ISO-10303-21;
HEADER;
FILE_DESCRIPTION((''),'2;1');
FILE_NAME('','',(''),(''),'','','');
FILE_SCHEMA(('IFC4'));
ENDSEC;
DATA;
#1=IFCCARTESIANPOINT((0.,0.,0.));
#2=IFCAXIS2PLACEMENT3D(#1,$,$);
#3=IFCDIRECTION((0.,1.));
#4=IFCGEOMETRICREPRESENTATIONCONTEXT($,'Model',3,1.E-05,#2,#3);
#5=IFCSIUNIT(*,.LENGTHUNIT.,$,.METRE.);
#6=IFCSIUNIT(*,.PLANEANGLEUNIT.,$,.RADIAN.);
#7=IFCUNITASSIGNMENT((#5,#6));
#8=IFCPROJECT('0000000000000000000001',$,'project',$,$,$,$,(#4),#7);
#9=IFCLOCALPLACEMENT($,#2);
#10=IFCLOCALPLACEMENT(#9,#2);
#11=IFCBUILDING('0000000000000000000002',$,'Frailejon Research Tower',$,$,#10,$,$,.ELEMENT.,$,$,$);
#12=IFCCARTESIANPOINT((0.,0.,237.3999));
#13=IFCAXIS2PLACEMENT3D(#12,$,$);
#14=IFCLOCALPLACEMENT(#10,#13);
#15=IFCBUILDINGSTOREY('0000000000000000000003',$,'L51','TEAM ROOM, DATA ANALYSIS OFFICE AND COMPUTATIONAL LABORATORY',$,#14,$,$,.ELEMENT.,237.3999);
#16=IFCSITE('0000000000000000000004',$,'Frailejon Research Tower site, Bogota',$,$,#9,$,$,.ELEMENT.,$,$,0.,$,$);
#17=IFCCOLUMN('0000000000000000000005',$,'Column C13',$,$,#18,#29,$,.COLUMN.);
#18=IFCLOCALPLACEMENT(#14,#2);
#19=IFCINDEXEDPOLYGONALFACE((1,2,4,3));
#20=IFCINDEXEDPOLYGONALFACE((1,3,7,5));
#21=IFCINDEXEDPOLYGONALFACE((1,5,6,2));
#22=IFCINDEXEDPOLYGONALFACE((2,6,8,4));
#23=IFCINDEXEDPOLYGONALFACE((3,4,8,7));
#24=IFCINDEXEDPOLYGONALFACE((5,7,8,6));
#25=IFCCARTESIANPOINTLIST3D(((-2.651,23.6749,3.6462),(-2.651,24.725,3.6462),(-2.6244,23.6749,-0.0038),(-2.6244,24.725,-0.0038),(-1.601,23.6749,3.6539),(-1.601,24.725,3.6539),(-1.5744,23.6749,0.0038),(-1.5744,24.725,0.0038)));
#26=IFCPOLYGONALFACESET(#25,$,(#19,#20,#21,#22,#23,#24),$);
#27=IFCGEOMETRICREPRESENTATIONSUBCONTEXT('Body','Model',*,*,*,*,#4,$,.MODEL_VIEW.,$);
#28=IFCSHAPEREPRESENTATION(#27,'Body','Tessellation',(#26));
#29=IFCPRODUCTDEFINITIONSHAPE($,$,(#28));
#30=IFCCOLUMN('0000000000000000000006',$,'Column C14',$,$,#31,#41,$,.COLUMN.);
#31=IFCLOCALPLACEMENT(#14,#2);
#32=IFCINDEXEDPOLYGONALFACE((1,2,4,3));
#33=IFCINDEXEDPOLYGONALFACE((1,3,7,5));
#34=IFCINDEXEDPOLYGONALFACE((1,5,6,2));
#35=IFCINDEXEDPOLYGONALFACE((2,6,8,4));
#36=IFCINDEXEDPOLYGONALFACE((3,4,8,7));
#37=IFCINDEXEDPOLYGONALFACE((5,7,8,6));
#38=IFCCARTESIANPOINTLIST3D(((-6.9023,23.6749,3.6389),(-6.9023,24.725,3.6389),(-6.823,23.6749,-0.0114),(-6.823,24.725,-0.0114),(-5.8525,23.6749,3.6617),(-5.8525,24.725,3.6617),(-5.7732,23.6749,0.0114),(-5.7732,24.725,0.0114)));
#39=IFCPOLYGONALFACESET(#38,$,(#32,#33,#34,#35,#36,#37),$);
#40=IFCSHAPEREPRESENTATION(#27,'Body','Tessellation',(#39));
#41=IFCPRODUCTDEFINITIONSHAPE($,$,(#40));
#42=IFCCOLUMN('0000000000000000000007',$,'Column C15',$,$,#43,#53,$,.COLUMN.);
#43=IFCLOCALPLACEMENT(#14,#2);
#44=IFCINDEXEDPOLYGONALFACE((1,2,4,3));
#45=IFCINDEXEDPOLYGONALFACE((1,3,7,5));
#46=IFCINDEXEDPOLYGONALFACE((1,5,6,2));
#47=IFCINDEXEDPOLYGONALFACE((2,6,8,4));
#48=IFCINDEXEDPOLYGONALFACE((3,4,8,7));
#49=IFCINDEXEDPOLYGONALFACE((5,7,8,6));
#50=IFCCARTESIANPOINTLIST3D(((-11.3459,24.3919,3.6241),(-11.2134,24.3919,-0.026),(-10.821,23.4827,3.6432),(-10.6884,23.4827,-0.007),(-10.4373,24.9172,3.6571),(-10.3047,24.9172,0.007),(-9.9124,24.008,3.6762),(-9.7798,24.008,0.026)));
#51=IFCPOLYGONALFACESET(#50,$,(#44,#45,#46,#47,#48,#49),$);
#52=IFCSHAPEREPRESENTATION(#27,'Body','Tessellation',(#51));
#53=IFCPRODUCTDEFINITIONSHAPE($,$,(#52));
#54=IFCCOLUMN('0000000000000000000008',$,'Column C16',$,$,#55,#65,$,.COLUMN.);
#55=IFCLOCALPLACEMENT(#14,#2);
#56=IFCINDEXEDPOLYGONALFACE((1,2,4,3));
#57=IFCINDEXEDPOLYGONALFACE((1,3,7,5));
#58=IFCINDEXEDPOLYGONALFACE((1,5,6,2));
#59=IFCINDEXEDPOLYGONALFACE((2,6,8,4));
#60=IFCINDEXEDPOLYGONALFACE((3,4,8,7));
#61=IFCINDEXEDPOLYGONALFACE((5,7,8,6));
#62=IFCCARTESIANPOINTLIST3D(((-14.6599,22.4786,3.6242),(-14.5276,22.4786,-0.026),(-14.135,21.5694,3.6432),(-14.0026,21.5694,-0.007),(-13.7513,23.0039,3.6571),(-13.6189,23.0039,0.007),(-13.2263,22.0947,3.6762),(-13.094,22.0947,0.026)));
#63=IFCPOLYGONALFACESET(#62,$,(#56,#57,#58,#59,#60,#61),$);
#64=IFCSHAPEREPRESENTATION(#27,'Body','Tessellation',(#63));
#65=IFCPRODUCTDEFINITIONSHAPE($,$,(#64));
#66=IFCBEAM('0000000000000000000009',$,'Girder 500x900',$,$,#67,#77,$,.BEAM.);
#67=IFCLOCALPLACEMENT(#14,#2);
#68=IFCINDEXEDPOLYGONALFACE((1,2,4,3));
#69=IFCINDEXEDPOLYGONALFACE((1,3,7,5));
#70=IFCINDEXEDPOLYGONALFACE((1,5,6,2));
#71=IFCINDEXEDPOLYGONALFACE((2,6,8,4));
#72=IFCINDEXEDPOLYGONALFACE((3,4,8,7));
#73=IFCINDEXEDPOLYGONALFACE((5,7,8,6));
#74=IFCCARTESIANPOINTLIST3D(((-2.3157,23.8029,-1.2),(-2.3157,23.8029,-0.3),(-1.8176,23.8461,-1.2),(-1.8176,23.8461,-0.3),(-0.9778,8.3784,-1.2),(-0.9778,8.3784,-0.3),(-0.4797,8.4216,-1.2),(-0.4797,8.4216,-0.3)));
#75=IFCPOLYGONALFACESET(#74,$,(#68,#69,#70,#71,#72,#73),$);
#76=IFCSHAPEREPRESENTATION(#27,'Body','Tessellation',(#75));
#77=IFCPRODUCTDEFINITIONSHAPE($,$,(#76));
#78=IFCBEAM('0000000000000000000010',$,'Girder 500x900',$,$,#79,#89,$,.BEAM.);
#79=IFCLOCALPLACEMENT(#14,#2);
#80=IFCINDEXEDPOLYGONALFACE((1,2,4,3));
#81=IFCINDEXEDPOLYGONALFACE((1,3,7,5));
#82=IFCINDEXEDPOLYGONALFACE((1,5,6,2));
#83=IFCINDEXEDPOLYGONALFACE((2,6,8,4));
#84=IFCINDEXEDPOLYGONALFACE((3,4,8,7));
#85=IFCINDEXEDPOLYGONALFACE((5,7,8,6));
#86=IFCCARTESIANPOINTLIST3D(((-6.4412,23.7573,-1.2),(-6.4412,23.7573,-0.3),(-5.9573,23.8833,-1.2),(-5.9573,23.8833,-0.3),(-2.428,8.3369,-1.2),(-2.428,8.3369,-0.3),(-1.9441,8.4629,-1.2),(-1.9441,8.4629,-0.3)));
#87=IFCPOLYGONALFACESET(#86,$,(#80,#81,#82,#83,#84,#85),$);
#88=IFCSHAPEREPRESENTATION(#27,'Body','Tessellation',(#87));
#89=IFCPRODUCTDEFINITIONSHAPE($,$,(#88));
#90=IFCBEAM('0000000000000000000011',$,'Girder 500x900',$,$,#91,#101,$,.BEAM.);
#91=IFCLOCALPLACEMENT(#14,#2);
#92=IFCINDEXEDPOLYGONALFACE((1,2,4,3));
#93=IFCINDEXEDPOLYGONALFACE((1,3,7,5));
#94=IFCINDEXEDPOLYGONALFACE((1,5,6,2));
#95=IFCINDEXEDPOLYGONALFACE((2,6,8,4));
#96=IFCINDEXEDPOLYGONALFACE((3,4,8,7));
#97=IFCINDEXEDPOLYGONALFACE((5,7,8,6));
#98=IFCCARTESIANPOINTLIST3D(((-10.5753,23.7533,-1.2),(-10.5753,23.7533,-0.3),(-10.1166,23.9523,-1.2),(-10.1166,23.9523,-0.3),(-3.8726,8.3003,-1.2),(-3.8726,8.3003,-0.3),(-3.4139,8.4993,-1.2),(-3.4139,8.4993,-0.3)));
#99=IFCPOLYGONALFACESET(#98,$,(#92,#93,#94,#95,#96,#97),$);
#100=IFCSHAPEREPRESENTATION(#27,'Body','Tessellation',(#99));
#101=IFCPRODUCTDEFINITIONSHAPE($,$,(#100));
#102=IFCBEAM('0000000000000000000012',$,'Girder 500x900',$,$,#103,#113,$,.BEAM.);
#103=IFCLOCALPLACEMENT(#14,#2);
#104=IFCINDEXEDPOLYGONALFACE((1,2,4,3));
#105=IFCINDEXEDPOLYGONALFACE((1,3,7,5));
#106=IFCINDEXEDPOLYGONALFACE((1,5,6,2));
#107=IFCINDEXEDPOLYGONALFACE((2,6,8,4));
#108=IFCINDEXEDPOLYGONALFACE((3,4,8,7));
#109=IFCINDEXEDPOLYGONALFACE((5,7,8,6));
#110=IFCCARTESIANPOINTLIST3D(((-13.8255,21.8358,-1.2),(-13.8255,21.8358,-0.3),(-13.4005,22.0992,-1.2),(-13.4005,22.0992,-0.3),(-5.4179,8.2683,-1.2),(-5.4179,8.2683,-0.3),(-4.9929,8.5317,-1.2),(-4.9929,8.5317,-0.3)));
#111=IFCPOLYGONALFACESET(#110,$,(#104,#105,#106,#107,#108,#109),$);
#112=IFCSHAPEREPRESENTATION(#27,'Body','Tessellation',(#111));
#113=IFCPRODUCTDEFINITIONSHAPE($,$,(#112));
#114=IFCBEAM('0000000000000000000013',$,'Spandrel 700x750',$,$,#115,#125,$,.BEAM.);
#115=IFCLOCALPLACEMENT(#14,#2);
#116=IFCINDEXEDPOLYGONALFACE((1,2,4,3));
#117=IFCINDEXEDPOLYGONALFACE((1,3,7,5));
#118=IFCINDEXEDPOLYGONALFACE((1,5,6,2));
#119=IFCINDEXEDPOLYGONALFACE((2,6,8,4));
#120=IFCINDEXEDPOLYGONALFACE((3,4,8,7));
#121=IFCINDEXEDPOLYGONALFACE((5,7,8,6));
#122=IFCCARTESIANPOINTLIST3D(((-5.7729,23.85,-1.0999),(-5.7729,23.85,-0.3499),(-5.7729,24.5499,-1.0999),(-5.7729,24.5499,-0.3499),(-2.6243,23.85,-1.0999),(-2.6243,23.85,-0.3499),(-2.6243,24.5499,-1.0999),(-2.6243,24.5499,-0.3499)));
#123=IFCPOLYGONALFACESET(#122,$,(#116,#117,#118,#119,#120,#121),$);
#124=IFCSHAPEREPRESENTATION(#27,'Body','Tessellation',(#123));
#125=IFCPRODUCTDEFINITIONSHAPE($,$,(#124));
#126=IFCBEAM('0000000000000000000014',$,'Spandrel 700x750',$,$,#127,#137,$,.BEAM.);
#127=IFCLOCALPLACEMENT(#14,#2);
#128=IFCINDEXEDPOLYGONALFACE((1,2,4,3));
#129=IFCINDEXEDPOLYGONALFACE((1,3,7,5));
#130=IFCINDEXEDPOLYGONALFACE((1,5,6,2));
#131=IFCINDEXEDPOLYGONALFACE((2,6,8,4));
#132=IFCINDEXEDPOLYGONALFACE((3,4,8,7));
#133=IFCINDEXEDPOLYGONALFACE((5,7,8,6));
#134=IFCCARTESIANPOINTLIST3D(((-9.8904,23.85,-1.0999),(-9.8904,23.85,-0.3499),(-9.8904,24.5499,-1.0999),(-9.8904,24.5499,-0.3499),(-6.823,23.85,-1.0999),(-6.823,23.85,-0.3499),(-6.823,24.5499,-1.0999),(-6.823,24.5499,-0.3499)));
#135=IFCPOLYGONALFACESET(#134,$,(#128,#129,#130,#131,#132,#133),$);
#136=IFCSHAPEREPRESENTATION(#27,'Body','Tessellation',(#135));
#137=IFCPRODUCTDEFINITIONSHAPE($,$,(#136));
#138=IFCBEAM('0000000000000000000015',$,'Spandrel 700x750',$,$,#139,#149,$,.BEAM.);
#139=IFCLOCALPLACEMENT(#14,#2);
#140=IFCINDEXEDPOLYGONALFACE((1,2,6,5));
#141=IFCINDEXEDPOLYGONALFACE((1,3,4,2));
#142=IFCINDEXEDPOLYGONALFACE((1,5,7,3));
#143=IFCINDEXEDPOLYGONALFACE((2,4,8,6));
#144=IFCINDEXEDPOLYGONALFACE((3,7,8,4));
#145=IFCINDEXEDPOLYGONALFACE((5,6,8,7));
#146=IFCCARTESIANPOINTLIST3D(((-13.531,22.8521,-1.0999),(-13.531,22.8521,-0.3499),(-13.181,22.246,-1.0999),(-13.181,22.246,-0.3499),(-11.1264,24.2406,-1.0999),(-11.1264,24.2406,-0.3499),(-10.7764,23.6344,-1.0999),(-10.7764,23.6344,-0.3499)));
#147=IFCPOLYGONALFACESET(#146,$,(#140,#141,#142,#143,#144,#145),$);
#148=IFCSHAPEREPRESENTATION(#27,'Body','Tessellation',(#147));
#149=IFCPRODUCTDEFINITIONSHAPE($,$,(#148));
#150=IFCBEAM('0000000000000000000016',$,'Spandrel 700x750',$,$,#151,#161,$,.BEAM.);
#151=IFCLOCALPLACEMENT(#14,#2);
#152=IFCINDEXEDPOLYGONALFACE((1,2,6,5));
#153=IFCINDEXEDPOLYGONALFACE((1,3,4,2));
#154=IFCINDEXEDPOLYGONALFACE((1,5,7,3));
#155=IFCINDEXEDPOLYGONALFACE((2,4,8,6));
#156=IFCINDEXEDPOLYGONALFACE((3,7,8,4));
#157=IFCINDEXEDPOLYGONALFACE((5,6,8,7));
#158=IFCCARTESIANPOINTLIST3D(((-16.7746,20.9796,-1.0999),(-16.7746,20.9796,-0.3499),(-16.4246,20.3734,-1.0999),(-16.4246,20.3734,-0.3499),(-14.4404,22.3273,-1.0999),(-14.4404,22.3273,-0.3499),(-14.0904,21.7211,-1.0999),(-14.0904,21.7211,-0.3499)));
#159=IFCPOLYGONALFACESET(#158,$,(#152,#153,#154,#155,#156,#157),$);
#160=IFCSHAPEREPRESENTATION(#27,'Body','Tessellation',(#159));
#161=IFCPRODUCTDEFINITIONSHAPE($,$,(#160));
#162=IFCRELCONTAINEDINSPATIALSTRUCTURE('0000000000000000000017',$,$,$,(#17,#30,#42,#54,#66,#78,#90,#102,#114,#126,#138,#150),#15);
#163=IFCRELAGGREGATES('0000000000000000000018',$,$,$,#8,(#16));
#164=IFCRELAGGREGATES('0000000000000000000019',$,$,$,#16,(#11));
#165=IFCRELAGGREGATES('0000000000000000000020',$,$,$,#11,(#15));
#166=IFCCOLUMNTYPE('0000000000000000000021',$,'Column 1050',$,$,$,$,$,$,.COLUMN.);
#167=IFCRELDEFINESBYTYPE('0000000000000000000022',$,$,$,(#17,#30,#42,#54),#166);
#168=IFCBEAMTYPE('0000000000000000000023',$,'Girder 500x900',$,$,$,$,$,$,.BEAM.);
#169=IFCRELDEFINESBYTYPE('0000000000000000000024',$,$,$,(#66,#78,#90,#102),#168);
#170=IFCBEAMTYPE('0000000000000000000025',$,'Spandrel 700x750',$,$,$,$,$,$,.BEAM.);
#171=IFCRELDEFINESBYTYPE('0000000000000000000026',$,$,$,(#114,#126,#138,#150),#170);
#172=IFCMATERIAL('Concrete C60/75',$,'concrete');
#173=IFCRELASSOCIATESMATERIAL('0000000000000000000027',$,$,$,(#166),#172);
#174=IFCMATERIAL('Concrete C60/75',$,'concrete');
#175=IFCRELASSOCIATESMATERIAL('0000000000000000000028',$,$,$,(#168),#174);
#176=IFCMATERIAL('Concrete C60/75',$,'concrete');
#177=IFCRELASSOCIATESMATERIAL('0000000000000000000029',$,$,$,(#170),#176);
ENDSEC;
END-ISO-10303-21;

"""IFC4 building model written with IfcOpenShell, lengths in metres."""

from ifc_helpers import new_model, si_unit, direction, frame, origin, origin_2d, place, context, subcontext, project, spatial, rectangle, extrude, material, material_profile, profile_set, type_object, element, save


model = new_model("IFC4")

# Units and contexts
model_context = context("Model", 3, precision=1e-05, world=origin(), true_north=direction((0.0, 1.0)))
body_context = subcontext(model_context, "Body", "Model", "MODEL_VIEW")
ifc_project = project(units=[si_unit("LENGTHUNIT", "METRE"), si_unit("PLANEANGLEUNIT", "RADIAN")], contexts=[model_context])

# Site, building, storey
site_placement = place(None, origin())
site = spatial("IfcSite", under=ifc_project, at=site_placement, Name="Frailejon Research Tower site, Bogota", CompositionType="ELEMENT", RefElevation=0.0)
building_placement = place(site_placement, origin())
building = spatial("IfcBuilding", under=site, at=building_placement, Name="Frailejon Research Tower", CompositionType="ELEMENT")
storey_placement = place(building_placement, frame((0.0, 0.0, 237.3999)))
storey = spatial("IfcBuildingStorey", under=building, at=storey_placement, Name="L51", Description="TEAM ROOM, DATA ANALYSIS OFFICE AND COMPUTATIONAL LABORATORY", CompositionType="ELEMENT", Elevation=237.3999)

# Columns
ifc_material_1 = material(Name="Concrete C60/75", Category="concrete")
ifc_material_profile_1 = material_profile(ifc_material_1, rectangle(XDim=1.05, YDim=1.05, at=origin_2d()), Name="Column 1050")
ifc_profile_set_1 = profile_set([ifc_material_profile_1], Name="Concrete C60/75")
column_type = type_object("IfcColumnType", Name="Column 1050", PredefinedType="COLUMN", material=ifc_profile_set_1)
column_1_placement = place(storey_placement, frame((-2.0994, 24.2, 0.0), z_axis=(-0.00729, 0.0, 0.999973), x_axis=(-0.999973, 0.0, -0.00729)))
element("IfcColumn", 1, at=column_1_placement, inside=storey, type_object=column_type, Name="Column C13", PredefinedType="COLUMN", context=body_context, shape_type="SweptSolid", body=[
    extrude(rectangle(XDim=1.05, YDim=1.05, at=origin_2d()), origin(), (0.0, 0.0, 1.0), 3.6501),
])
column_2_placement = place(storey_placement, frame((-6.2981, 24.2, 0.0), z_axis=(-0.021733, 0.0, 0.999764), x_axis=(-0.999764, 0.0, -0.021733)))
element("IfcColumn", 2, at=column_2_placement, inside=storey, type_object=column_type, Name="Column C14", PredefinedType="COLUMN", context=body_context, shape_type="SweptSolid", body=[
    extrude(rectangle(XDim=1.05, YDim=1.05, at=origin_2d()), origin(), (0.0, 0.0, 1.0), 3.6511),
])
for number, where, z_axis, x_axis, name in (
    (3, (-10.4966, 24.2, 0.0), (-0.036295, 0.0, 0.999341), (-0.865313, -0.500246, -0.031427), "Column C15"),
    (4, (-13.8108, 22.2866, 0.0), (-0.036228, 0.0, 0.999344), (-0.865315, -0.500246, -0.031369), "Column C16"),
):
    element("IfcColumn", number, at=place(storey_placement, frame(where, z_axis=z_axis, x_axis=x_axis)), inside=storey, type_object=column_type, Name=name, PredefinedType="COLUMN", context=body_context, shape_type="SweptSolid", body=[
        extrude(rectangle(XDim=1.05, YDim=1.05, at=origin_2d()), origin(), (0.0, 0.0, 1.0), 3.6526),
    ])

# Beams
ifc_material_2 = material(Name="Concrete C60/75", Category="concrete")
ifc_material_profile_2 = material_profile(ifc_material_2, rectangle(XDim=0.5, YDim=0.8999, at=origin_2d()), Name="Girder 500x900")
ifc_profile_set_2 = profile_set([ifc_material_profile_2], Name="Concrete C60/75")
beam_type_1 = type_object("IfcBeamType", Name="Girder 500x900", PredefinedType="BEAM", material=ifc_profile_set_2)
beam_1_placement = place(storey_placement, frame((-2.0667, 23.8245, -0.75), z_axis=(0.086413, -0.996259, 0.0), x_axis=(0.996259, 0.086413, 0.0)))
element("IfcBeam", 5, at=beam_1_placement, inside=storey, type_object=beam_type_1, Name="Girder 500x900", PredefinedType="BEAM", context=body_context, shape_type="SweptSolid", body=[
    extrude(rectangle(XDim=0.5, YDim=0.8999, at=origin_2d()), origin(), (0.0, 0.0, 1.0), 15.4824),
])
beam_2_placement = place(storey_placement, frame((-6.1992, 23.8203, -0.75), z_axis=(0.251862, -0.967763, 0.0), x_axis=(0.967763, 0.251862, 0.0)))
element("IfcBeam", 6, at=beam_2_placement, inside=storey, type_object=beam_type_1, Name="Girder 500x900", PredefinedType="BEAM", context=body_context, shape_type="SweptSolid", body=[
    extrude(rectangle(XDim=0.5, YDim=0.8999, at=origin_2d()), origin(), (0.0, 0.0, 1.0), 15.9341),
])
beam_3_placement = place(storey_placement, frame((-10.3459, 23.8528, -0.75), z_axis=(0.397927, -0.917417, 0.0), x_axis=(0.917417, 0.397927, 0.0)))
element("IfcBeam", 7, at=beam_3_placement, inside=storey, type_object=beam_type_1, Name="Girder 500x900", PredefinedType="BEAM", context=body_context, shape_type="SweptSolid", body=[
    extrude(rectangle(XDim=0.5, YDim=0.8999, at=origin_2d()), origin(), (0.0, 0.0, 1.0), 16.844),
])
beam_4_placement = place(storey_placement, frame((-13.613, 21.9675, -0.75), z_axis=(0.526749, -0.850021, 0.0), x_axis=(0.850021, 0.526749, 0.0)))
element("IfcBeam", 8, at=beam_4_placement, inside=storey, type_object=beam_type_1, Name="Girder 500x900", PredefinedType="BEAM", context=body_context, shape_type="SweptSolid", body=[
    extrude(rectangle(XDim=0.5, YDim=0.8999, at=origin_2d()), origin(), (0.0, 0.0, 1.0), 15.9614),
])
ifc_material_3 = material(Name="Concrete C60/75", Category="concrete")
ifc_material_profile_3 = material_profile(ifc_material_3, rectangle(XDim=0.7, YDim=0.75, at=origin_2d()), Name="Spandrel 700x750")
ifc_profile_set_3 = profile_set([ifc_material_profile_3], Name="Concrete C60/75")
beam_type_2 = type_object("IfcBeamType", Name="Spandrel 700x750", PredefinedType="BEAM", material=ifc_profile_set_3)
beam_5_placement = place(storey_placement, frame((-2.6243, 24.2, -0.7249), z_axis=(-1.0, 0.0, 0.0), x_axis=(0.0, -1.0, 0.0)))
element("IfcBeam", 9, at=beam_5_placement, inside=storey, type_object=beam_type_2, Name="Spandrel 700x750", PredefinedType="BEAM", context=body_context, shape_type="SweptSolid", body=[
    extrude(rectangle(XDim=0.7, YDim=0.75, at=origin_2d()), origin(), (0.0, 0.0, 1.0), 3.1487),
])
beam_6_placement = place(storey_placement, frame((-6.823, 24.2, -0.7249), z_axis=(-1.0, 0.0, 0.0), x_axis=(0.0, -1.0, 0.0)))
element("IfcBeam", 10, at=beam_6_placement, inside=storey, type_object=beam_type_2, Name="Spandrel 700x750", PredefinedType="BEAM", context=body_context, shape_type="SweptSolid", body=[
    extrude(rectangle(XDim=0.7, YDim=0.75, at=origin_2d()), origin(), (0.0, 0.0, 1.0), 3.0674),
])
beam_7_placement = place(storey_placement, frame((-10.9514, 23.9375, -0.7249), z_axis=(-0.866, -0.500045, 0.0), x_axis=(0.500045, -0.866, 0.0)))
element("IfcBeam", 11, at=beam_7_placement, inside=storey, type_object=beam_type_2, Name="Spandrel 700x750", PredefinedType="BEAM", context=body_context, shape_type="SweptSolid", body=[
    extrude(rectangle(XDim=0.7, YDim=0.75, at=origin_2d()), origin(), (0.0, 0.0, 1.0), 2.7766),
])
beam_8_placement = place(storey_placement, frame((-14.2654, 22.0242, -0.7249), z_axis=(-0.866027, -0.499997, 0.0), x_axis=(0.499997, -0.866027, 0.0)))
element("IfcBeam", 12, at=beam_8_placement, inside=storey, type_object=beam_type_2, Name="Spandrel 700x750", PredefinedType="BEAM", context=body_context, shape_type="SweptSolid", body=[
    extrude(rectangle(XDim=0.7, YDim=0.75, at=origin_2d()), origin(), (0.0, 0.0, 1.0), 2.6953),
])

save(model, "model.ifc")
